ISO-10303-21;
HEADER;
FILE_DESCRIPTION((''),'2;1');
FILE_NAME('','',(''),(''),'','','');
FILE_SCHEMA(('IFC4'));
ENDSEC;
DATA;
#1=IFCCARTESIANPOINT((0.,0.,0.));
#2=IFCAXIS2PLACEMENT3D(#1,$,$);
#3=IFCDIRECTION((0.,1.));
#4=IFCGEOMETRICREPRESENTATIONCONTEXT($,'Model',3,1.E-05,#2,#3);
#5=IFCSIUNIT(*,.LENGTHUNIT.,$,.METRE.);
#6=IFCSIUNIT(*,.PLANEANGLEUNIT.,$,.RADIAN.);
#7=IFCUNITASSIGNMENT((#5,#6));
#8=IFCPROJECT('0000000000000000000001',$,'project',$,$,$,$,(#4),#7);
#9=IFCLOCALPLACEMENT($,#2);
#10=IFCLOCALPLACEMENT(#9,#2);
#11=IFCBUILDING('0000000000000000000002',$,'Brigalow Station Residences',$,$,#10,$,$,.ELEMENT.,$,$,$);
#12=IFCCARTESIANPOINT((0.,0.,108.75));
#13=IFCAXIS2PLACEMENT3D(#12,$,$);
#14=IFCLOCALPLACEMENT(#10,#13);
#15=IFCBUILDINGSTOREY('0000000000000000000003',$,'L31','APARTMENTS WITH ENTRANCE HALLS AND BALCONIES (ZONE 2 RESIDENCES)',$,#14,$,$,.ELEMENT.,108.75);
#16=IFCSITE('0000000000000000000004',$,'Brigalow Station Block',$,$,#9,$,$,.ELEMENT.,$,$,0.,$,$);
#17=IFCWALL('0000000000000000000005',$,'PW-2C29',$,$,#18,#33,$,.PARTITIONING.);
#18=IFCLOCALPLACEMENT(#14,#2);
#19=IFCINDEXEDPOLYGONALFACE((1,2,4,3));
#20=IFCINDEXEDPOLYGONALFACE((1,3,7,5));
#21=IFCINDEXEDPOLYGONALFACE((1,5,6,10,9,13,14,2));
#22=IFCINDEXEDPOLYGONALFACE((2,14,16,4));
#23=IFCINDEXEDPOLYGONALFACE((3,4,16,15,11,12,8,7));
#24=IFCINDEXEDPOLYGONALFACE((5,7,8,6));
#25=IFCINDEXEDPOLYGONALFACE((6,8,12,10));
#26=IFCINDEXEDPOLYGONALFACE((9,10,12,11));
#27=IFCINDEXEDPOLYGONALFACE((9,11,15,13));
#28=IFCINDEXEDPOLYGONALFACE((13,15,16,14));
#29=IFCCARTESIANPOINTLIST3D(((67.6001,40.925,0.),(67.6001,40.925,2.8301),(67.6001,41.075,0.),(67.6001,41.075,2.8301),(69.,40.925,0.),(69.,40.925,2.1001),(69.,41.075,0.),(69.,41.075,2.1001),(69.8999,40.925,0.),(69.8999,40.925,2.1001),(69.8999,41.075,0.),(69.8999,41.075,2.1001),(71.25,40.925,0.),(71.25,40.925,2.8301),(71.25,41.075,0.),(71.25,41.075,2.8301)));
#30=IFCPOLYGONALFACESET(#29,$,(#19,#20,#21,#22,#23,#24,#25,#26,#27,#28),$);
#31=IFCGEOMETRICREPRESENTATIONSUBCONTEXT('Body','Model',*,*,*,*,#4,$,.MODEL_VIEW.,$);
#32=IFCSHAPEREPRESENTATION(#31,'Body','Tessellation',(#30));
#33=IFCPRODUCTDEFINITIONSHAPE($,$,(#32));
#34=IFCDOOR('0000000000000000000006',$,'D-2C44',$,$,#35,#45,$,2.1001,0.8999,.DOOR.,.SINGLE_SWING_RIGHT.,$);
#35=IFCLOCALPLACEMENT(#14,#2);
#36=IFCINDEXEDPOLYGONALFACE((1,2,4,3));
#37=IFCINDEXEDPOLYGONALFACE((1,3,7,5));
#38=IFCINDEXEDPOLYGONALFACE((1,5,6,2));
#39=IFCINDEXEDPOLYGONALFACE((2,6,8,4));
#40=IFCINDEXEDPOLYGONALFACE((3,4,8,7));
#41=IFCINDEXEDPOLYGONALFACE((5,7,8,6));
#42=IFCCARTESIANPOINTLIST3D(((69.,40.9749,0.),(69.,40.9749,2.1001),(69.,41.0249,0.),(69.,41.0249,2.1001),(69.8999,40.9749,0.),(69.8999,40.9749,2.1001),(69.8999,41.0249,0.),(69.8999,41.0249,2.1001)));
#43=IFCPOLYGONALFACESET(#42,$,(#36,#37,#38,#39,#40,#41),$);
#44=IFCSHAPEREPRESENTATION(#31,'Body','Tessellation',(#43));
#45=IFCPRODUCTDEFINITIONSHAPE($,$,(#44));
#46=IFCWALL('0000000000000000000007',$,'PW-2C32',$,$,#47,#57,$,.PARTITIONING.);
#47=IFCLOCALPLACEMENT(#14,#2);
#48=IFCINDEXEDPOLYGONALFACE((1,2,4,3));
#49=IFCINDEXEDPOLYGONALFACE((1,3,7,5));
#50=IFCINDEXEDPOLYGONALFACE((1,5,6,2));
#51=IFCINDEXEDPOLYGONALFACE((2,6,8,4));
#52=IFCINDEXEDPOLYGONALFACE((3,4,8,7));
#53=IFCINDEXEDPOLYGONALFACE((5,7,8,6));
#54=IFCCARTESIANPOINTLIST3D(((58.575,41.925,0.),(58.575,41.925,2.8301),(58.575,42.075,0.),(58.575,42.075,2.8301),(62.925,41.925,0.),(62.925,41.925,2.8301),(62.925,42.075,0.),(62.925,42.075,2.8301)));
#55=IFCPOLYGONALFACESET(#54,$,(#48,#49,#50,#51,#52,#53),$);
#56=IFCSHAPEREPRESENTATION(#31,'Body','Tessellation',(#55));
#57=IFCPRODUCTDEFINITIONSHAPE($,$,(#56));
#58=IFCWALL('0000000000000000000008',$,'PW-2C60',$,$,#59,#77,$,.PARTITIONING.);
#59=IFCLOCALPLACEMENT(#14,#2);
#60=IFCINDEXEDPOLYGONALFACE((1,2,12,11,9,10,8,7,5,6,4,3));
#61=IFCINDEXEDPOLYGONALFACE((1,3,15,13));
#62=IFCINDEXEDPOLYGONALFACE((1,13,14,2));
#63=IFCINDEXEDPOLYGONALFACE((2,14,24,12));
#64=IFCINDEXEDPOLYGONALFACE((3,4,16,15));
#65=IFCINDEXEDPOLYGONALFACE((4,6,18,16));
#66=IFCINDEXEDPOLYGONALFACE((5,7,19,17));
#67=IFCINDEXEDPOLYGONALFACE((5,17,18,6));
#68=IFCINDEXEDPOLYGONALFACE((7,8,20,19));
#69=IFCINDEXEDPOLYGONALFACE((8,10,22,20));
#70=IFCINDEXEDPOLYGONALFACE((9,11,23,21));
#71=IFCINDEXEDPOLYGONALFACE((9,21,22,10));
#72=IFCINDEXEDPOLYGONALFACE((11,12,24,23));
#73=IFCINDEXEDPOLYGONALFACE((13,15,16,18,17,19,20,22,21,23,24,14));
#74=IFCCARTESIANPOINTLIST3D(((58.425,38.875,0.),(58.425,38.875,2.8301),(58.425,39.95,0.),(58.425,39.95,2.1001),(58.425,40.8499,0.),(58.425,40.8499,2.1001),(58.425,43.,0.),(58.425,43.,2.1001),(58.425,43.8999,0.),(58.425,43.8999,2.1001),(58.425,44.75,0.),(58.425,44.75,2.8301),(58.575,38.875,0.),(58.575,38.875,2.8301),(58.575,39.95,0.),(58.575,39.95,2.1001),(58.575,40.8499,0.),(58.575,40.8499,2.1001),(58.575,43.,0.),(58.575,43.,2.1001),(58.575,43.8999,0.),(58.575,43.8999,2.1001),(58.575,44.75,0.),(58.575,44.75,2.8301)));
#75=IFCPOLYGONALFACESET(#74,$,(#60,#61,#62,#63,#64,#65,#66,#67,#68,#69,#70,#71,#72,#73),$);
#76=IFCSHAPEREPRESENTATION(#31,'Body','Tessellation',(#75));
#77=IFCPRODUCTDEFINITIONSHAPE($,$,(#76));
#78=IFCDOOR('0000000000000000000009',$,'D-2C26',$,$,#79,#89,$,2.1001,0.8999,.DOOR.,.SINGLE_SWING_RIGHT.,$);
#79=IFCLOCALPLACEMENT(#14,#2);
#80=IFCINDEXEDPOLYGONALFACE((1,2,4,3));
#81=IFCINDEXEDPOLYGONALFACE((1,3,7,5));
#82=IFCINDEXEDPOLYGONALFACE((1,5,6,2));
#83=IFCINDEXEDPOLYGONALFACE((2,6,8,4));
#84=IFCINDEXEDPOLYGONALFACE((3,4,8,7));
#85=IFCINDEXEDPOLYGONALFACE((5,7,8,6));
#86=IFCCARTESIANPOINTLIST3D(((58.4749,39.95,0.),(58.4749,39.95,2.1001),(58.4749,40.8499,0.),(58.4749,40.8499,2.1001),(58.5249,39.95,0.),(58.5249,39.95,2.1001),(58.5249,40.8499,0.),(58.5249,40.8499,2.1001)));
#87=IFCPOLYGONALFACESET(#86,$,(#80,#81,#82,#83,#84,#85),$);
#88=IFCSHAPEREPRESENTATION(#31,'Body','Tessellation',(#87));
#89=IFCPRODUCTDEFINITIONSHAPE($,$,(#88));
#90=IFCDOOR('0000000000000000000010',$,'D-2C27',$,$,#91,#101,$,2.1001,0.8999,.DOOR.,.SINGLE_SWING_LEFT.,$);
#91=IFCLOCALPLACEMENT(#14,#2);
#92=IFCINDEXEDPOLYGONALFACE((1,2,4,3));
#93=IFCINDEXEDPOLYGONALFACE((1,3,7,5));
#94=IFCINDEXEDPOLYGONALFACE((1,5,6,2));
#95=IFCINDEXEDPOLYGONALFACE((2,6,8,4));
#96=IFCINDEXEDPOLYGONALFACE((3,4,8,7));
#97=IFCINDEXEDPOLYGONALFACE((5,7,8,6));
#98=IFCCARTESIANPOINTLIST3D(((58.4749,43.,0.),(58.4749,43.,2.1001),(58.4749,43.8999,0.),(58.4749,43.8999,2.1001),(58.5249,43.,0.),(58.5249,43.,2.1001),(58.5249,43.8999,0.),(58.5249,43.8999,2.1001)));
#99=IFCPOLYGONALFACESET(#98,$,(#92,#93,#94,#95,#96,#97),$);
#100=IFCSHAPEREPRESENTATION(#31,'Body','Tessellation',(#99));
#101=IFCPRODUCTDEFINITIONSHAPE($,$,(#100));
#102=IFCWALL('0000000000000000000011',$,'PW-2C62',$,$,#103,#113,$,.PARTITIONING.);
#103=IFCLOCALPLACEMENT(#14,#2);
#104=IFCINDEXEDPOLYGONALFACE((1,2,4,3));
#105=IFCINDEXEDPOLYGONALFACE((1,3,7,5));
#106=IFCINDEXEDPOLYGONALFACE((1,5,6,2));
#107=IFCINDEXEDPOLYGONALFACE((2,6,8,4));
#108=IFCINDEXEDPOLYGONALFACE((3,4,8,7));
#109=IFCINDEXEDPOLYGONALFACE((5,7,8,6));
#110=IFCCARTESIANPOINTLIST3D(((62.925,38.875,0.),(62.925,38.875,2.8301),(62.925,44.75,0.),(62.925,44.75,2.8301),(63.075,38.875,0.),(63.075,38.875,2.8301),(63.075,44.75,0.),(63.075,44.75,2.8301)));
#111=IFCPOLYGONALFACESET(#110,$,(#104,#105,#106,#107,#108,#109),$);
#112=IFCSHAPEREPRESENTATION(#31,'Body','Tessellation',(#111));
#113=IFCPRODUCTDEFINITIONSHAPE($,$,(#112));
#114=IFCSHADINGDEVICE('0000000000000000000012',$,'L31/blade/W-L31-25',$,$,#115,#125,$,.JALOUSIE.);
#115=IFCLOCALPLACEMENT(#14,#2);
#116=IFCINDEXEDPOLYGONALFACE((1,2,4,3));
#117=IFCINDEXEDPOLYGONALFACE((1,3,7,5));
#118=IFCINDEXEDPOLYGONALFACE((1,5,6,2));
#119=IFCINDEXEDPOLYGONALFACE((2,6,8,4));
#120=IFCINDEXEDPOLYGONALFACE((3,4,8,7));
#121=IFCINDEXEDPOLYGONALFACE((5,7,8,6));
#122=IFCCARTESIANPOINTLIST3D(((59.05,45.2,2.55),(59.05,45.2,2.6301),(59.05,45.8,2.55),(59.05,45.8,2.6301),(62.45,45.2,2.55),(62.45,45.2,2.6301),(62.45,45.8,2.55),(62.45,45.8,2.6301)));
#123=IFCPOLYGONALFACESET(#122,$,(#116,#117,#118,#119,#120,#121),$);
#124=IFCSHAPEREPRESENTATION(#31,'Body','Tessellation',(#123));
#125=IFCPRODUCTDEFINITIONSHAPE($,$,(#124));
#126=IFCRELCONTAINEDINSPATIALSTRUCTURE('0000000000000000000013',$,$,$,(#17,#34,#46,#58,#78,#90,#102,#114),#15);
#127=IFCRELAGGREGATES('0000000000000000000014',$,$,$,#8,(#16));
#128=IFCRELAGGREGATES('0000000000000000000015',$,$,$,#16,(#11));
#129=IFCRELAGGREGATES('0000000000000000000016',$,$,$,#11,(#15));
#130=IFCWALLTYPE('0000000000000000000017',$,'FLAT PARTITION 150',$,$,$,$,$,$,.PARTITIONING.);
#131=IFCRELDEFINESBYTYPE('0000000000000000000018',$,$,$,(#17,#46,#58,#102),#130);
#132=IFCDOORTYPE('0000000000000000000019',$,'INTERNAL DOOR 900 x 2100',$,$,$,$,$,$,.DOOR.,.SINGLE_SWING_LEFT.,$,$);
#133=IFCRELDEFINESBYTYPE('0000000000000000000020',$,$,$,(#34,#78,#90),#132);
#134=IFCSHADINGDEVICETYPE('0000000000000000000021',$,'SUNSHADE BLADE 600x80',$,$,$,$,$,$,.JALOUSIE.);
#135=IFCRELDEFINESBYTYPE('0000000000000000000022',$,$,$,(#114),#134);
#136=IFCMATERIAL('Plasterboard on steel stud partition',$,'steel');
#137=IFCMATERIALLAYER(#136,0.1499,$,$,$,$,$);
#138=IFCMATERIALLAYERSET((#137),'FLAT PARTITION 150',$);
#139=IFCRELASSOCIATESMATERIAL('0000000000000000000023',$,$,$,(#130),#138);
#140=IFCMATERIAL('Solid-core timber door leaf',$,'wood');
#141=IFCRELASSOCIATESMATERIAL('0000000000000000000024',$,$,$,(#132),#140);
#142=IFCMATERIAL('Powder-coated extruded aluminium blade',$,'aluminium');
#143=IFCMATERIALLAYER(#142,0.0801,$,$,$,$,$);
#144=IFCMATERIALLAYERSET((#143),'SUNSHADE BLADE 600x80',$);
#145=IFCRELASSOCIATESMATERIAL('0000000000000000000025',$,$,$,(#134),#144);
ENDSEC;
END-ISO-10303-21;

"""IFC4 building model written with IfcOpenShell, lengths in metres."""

from ifc_helpers import new_model, si_unit, direction, frame, frame_2d, origin, origin_2d, place, context, subcontext, project, spatial, rectangle, extrude, material, layer, layer_set, type_object, element, fill, save


model = new_model("IFC4")

# Units and contexts
model_context = context("Model", 3, precision=1e-05, world=origin(), true_north=direction((0.0, 1.0)))
body_context = subcontext(model_context, "Body", "Model", "MODEL_VIEW")
ifc_project = project(units=[si_unit("LENGTHUNIT", "METRE"), si_unit("PLANEANGLEUNIT", "RADIAN")], contexts=[model_context])

# Site, building, storey
site_placement = place(None, origin())
site = spatial("IfcSite", under=ifc_project, at=site_placement, Name="Brigalow Station Block", CompositionType="ELEMENT", RefElevation=0.0)
building_placement = place(site_placement, origin())
building = spatial("IfcBuilding", under=site, at=building_placement, Name="Brigalow Station Residences", CompositionType="ELEMENT")
storey_placement = place(building_placement, frame((0.0, 0.0, 108.75)))
storey = spatial("IfcBuildingStorey", under=building, at=storey_placement, Name="L31", Description="APARTMENTS WITH ENTRANCE HALLS AND BALCONIES (ZONE 2 RESIDENCES)", CompositionType="ELEMENT", Elevation=108.75)

# Wall, opening, door
ifc_material_1 = material(Name="Plasterboard on steel stud partition", Category="steel")
ifc_layer_1 = layer(ifc_material_1, 0.1499)
ifc_layer_set_1 = layer_set([ifc_layer_1], Name="FLAT PARTITION 150")
wall_type_1 = type_object("IfcWallType", Name="FLAT PARTITION 150", PredefinedType="PARTITIONING", material=ifc_layer_set_1)
wall_1_placement = place(storey_placement, frame((67.6001, 41.0, 0.0), z_axis=(0.0, 0.0, 1.0), x_axis=(1.0, 0.0, 0.0)))
wall_1 = element("IfcWall", 1, at=wall_1_placement, inside=storey, type_object=wall_type_1, Name="PW-2C29", PredefinedType="PARTITIONING", context=body_context, shape_type="SweptSolid", body=[
    extrude(rectangle(XDim=3.6499, YDim=0.1499, at=frame_2d((1.825, 0.0))), origin(), (0.0, 0.0, 1.0), 2.8301),
])
opening_1_placement = place(wall_1_placement, frame((1.3999, 0.0, 0.0)))
opening_1 = element("IfcOpeningElement", 2, at=opening_1_placement, cuts=wall_1, PredefinedType="OPENING", context=body_context, shape_type="SweptSolid", body=[
    extrude(rectangle(XDim=0.8999, YDim=2.1001, at=frame_2d((0.45, 1.05))), frame((0.0, 0.085, 0.0), z_axis=(0.0, -1.0, 0.0), x_axis=(1.0, 0.0, 0.0)), (0.0, 0.0, 1.0), 0.1699),
])
ifc_material_2 = material(Name="Solid-core timber door leaf", Category="wood")
door_type_1 = type_object("IfcDoorType", Name="INTERNAL DOOR 900 x 2100", OperationType="SINGLE_SWING_LEFT", PredefinedType="DOOR", material=ifc_material_2)
door_1_placement = place(opening_1_placement, origin())
door_1 = element("IfcDoor", 3, at=door_1_placement, inside=storey, type_object=door_type_1, Name="D-2C44", OperationType="SINGLE_SWING_RIGHT", OverallHeight=2.1001, OverallWidth=0.8999, PredefinedType="DOOR", context=body_context, shape_type="SweptSolid", body=[
    extrude(rectangle(XDim=0.8999, YDim=2.1001, at=frame_2d((0.45, 1.05))), frame((0.0, 0.0249, 0.0), z_axis=(0.0, -1.0, 0.0), x_axis=(1.0, 0.0, 0.0)), (0.0, 0.0, 1.0), 0.05),
])
fill(opening_1, door_1)

# Wall
wall_2_placement = place(storey_placement, frame((58.575, 42.0, 0.0), z_axis=(0.0, 0.0, 1.0), x_axis=(1.0, 0.0, 0.0)))
element("IfcWall", 4, at=wall_2_placement, inside=storey, type_object=wall_type_1, Name="PW-2C32", PredefinedType="PARTITIONING", context=body_context, shape_type="SweptSolid", body=[
    extrude(rectangle(XDim=4.3501, YDim=0.1499, at=frame_2d((2.175, 0.0))), origin(), (0.0, 0.0, 1.0), 2.8301),
])

# Wall, openings, doors
wall_3_placement = place(storey_placement, frame((58.5, 38.875, 0.0), z_axis=(0.0, 0.0, 1.0), x_axis=(0.0, 1.0, 0.0)))
wall_3 = element("IfcWall", 5, at=wall_3_placement, inside=storey, type_object=wall_type_1, Name="PW-2C60", PredefinedType="PARTITIONING", context=body_context, shape_type="SweptSolid", body=[
    extrude(rectangle(XDim=5.875, YDim=0.1499, at=frame_2d((2.9375, 0.0))), origin(), (0.0, 0.0, 1.0), 2.8301),
])
opening_2_placement = place(wall_3_placement, frame((1.075, 0.0, 0.0)))
opening_2 = element("IfcOpeningElement", 6, at=opening_2_placement, cuts=wall_3, PredefinedType="OPENING", context=body_context, shape_type="SweptSolid", body=[
    extrude(rectangle(XDim=0.8999, YDim=2.1001, at=frame_2d((0.45, 1.05))), frame((0.0, 0.085, 0.0), z_axis=(0.0, -1.0, 0.0), x_axis=(1.0, 0.0, 0.0)), (0.0, 0.0, 1.0), 0.1699),
])
opening_3_placement = place(wall_3_placement, frame((4.125, 0.0, 0.0)))
opening_3 = element("IfcOpeningElement", 7, at=opening_3_placement, cuts=wall_3, PredefinedType="OPENING", context=body_context, shape_type="SweptSolid", body=[
    extrude(rectangle(XDim=0.8999, YDim=2.1001, at=frame_2d((0.45, 1.05))), frame((0.0, 0.085, 0.0), z_axis=(0.0, -1.0, 0.0), x_axis=(1.0, 0.0, 0.0)), (0.0, 0.0, 1.0), 0.1699),
])
door_2_placement = place(opening_2_placement, frame((0.8999, 0.0, 0.0), z_axis=(0.0, 0.0, 1.0), x_axis=(-1.0, 0.0, 0.0)))
door_2 = element("IfcDoor", 8, at=door_2_placement, inside=storey, type_object=door_type_1, Name="D-2C26", OperationType="SINGLE_SWING_RIGHT", OverallHeight=2.1001, OverallWidth=0.8999, PredefinedType="DOOR", context=body_context, shape_type="SweptSolid", body=[
    extrude(rectangle(XDim=0.8999, YDim=2.1001, at=frame_2d((0.45, 1.05))), frame((0.0, 0.0249, 0.0), z_axis=(0.0, -1.0, 0.0), x_axis=(1.0, 0.0, 0.0)), (0.0, 0.0, 1.0), 0.05),
])
fill(opening_2, door_2)
door_3_placement = place(opening_3_placement, frame((0.8999, 0.0, 0.0), z_axis=(0.0, 0.0, 1.0), x_axis=(-1.0, 0.0, 0.0)))
door_3 = element("IfcDoor", 9, at=door_3_placement, inside=storey, type_object=door_type_1, Name="D-2C27", OperationType="SINGLE_SWING_LEFT", OverallHeight=2.1001, OverallWidth=0.8999, PredefinedType="DOOR", context=body_context, shape_type="SweptSolid", body=[
    extrude(rectangle(XDim=0.8999, YDim=2.1001, at=frame_2d((0.45, 1.05))), frame((0.0, 0.0249, 0.0), z_axis=(0.0, -1.0, 0.0), x_axis=(1.0, 0.0, 0.0)), (0.0, 0.0, 1.0), 0.05),
])
fill(opening_3, door_3)

# Wall
wall_4_placement = place(storey_placement, frame((63.0, 38.875, 0.0), z_axis=(0.0, 0.0, 1.0), x_axis=(0.0, 1.0, 0.0)))
element("IfcWall", 10, at=wall_4_placement, inside=storey, type_object=wall_type_1, Name="PW-2C62", PredefinedType="PARTITIONING", context=body_context, shape_type="SweptSolid", body=[
    extrude(rectangle(XDim=5.875, YDim=0.1499, at=frame_2d((2.9375, 0.0))), origin(), (0.0, 0.0, 1.0), 2.8301),
])

# Shading device
ifc_material_3 = material(Name="Powder-coated extruded aluminium blade", Category="aluminium")
ifc_layer_2 = layer(ifc_material_3, 0.0801)
ifc_layer_set_2 = layer_set([ifc_layer_2], Name="SUNSHADE BLADE 600x80")
shading_device_type = type_object("IfcShadingDeviceType", Name="SUNSHADE BLADE 600x80", PredefinedType="JALOUSIE", material=ifc_layer_set_2)
shading_device_placement = place(storey_placement, frame((60.75, 45.5, 2.55), z_axis=(0.0, 0.0, 1.0), x_axis=(-1.0, 0.0, 0.0)))
element("IfcShadingDevice", 11, at=shading_device_placement, inside=storey, type_object=shading_device_type, Name="L31/blade/W-L31-25", PredefinedType="JALOUSIE", context=body_context, shape_type="SweptSolid", body=[
    extrude(rectangle(XDim=3.3999, YDim=0.6001, at=origin_2d()), origin(), (0.0, 0.0, 1.0), 0.0801),
])

save(model, "model.ifc")
